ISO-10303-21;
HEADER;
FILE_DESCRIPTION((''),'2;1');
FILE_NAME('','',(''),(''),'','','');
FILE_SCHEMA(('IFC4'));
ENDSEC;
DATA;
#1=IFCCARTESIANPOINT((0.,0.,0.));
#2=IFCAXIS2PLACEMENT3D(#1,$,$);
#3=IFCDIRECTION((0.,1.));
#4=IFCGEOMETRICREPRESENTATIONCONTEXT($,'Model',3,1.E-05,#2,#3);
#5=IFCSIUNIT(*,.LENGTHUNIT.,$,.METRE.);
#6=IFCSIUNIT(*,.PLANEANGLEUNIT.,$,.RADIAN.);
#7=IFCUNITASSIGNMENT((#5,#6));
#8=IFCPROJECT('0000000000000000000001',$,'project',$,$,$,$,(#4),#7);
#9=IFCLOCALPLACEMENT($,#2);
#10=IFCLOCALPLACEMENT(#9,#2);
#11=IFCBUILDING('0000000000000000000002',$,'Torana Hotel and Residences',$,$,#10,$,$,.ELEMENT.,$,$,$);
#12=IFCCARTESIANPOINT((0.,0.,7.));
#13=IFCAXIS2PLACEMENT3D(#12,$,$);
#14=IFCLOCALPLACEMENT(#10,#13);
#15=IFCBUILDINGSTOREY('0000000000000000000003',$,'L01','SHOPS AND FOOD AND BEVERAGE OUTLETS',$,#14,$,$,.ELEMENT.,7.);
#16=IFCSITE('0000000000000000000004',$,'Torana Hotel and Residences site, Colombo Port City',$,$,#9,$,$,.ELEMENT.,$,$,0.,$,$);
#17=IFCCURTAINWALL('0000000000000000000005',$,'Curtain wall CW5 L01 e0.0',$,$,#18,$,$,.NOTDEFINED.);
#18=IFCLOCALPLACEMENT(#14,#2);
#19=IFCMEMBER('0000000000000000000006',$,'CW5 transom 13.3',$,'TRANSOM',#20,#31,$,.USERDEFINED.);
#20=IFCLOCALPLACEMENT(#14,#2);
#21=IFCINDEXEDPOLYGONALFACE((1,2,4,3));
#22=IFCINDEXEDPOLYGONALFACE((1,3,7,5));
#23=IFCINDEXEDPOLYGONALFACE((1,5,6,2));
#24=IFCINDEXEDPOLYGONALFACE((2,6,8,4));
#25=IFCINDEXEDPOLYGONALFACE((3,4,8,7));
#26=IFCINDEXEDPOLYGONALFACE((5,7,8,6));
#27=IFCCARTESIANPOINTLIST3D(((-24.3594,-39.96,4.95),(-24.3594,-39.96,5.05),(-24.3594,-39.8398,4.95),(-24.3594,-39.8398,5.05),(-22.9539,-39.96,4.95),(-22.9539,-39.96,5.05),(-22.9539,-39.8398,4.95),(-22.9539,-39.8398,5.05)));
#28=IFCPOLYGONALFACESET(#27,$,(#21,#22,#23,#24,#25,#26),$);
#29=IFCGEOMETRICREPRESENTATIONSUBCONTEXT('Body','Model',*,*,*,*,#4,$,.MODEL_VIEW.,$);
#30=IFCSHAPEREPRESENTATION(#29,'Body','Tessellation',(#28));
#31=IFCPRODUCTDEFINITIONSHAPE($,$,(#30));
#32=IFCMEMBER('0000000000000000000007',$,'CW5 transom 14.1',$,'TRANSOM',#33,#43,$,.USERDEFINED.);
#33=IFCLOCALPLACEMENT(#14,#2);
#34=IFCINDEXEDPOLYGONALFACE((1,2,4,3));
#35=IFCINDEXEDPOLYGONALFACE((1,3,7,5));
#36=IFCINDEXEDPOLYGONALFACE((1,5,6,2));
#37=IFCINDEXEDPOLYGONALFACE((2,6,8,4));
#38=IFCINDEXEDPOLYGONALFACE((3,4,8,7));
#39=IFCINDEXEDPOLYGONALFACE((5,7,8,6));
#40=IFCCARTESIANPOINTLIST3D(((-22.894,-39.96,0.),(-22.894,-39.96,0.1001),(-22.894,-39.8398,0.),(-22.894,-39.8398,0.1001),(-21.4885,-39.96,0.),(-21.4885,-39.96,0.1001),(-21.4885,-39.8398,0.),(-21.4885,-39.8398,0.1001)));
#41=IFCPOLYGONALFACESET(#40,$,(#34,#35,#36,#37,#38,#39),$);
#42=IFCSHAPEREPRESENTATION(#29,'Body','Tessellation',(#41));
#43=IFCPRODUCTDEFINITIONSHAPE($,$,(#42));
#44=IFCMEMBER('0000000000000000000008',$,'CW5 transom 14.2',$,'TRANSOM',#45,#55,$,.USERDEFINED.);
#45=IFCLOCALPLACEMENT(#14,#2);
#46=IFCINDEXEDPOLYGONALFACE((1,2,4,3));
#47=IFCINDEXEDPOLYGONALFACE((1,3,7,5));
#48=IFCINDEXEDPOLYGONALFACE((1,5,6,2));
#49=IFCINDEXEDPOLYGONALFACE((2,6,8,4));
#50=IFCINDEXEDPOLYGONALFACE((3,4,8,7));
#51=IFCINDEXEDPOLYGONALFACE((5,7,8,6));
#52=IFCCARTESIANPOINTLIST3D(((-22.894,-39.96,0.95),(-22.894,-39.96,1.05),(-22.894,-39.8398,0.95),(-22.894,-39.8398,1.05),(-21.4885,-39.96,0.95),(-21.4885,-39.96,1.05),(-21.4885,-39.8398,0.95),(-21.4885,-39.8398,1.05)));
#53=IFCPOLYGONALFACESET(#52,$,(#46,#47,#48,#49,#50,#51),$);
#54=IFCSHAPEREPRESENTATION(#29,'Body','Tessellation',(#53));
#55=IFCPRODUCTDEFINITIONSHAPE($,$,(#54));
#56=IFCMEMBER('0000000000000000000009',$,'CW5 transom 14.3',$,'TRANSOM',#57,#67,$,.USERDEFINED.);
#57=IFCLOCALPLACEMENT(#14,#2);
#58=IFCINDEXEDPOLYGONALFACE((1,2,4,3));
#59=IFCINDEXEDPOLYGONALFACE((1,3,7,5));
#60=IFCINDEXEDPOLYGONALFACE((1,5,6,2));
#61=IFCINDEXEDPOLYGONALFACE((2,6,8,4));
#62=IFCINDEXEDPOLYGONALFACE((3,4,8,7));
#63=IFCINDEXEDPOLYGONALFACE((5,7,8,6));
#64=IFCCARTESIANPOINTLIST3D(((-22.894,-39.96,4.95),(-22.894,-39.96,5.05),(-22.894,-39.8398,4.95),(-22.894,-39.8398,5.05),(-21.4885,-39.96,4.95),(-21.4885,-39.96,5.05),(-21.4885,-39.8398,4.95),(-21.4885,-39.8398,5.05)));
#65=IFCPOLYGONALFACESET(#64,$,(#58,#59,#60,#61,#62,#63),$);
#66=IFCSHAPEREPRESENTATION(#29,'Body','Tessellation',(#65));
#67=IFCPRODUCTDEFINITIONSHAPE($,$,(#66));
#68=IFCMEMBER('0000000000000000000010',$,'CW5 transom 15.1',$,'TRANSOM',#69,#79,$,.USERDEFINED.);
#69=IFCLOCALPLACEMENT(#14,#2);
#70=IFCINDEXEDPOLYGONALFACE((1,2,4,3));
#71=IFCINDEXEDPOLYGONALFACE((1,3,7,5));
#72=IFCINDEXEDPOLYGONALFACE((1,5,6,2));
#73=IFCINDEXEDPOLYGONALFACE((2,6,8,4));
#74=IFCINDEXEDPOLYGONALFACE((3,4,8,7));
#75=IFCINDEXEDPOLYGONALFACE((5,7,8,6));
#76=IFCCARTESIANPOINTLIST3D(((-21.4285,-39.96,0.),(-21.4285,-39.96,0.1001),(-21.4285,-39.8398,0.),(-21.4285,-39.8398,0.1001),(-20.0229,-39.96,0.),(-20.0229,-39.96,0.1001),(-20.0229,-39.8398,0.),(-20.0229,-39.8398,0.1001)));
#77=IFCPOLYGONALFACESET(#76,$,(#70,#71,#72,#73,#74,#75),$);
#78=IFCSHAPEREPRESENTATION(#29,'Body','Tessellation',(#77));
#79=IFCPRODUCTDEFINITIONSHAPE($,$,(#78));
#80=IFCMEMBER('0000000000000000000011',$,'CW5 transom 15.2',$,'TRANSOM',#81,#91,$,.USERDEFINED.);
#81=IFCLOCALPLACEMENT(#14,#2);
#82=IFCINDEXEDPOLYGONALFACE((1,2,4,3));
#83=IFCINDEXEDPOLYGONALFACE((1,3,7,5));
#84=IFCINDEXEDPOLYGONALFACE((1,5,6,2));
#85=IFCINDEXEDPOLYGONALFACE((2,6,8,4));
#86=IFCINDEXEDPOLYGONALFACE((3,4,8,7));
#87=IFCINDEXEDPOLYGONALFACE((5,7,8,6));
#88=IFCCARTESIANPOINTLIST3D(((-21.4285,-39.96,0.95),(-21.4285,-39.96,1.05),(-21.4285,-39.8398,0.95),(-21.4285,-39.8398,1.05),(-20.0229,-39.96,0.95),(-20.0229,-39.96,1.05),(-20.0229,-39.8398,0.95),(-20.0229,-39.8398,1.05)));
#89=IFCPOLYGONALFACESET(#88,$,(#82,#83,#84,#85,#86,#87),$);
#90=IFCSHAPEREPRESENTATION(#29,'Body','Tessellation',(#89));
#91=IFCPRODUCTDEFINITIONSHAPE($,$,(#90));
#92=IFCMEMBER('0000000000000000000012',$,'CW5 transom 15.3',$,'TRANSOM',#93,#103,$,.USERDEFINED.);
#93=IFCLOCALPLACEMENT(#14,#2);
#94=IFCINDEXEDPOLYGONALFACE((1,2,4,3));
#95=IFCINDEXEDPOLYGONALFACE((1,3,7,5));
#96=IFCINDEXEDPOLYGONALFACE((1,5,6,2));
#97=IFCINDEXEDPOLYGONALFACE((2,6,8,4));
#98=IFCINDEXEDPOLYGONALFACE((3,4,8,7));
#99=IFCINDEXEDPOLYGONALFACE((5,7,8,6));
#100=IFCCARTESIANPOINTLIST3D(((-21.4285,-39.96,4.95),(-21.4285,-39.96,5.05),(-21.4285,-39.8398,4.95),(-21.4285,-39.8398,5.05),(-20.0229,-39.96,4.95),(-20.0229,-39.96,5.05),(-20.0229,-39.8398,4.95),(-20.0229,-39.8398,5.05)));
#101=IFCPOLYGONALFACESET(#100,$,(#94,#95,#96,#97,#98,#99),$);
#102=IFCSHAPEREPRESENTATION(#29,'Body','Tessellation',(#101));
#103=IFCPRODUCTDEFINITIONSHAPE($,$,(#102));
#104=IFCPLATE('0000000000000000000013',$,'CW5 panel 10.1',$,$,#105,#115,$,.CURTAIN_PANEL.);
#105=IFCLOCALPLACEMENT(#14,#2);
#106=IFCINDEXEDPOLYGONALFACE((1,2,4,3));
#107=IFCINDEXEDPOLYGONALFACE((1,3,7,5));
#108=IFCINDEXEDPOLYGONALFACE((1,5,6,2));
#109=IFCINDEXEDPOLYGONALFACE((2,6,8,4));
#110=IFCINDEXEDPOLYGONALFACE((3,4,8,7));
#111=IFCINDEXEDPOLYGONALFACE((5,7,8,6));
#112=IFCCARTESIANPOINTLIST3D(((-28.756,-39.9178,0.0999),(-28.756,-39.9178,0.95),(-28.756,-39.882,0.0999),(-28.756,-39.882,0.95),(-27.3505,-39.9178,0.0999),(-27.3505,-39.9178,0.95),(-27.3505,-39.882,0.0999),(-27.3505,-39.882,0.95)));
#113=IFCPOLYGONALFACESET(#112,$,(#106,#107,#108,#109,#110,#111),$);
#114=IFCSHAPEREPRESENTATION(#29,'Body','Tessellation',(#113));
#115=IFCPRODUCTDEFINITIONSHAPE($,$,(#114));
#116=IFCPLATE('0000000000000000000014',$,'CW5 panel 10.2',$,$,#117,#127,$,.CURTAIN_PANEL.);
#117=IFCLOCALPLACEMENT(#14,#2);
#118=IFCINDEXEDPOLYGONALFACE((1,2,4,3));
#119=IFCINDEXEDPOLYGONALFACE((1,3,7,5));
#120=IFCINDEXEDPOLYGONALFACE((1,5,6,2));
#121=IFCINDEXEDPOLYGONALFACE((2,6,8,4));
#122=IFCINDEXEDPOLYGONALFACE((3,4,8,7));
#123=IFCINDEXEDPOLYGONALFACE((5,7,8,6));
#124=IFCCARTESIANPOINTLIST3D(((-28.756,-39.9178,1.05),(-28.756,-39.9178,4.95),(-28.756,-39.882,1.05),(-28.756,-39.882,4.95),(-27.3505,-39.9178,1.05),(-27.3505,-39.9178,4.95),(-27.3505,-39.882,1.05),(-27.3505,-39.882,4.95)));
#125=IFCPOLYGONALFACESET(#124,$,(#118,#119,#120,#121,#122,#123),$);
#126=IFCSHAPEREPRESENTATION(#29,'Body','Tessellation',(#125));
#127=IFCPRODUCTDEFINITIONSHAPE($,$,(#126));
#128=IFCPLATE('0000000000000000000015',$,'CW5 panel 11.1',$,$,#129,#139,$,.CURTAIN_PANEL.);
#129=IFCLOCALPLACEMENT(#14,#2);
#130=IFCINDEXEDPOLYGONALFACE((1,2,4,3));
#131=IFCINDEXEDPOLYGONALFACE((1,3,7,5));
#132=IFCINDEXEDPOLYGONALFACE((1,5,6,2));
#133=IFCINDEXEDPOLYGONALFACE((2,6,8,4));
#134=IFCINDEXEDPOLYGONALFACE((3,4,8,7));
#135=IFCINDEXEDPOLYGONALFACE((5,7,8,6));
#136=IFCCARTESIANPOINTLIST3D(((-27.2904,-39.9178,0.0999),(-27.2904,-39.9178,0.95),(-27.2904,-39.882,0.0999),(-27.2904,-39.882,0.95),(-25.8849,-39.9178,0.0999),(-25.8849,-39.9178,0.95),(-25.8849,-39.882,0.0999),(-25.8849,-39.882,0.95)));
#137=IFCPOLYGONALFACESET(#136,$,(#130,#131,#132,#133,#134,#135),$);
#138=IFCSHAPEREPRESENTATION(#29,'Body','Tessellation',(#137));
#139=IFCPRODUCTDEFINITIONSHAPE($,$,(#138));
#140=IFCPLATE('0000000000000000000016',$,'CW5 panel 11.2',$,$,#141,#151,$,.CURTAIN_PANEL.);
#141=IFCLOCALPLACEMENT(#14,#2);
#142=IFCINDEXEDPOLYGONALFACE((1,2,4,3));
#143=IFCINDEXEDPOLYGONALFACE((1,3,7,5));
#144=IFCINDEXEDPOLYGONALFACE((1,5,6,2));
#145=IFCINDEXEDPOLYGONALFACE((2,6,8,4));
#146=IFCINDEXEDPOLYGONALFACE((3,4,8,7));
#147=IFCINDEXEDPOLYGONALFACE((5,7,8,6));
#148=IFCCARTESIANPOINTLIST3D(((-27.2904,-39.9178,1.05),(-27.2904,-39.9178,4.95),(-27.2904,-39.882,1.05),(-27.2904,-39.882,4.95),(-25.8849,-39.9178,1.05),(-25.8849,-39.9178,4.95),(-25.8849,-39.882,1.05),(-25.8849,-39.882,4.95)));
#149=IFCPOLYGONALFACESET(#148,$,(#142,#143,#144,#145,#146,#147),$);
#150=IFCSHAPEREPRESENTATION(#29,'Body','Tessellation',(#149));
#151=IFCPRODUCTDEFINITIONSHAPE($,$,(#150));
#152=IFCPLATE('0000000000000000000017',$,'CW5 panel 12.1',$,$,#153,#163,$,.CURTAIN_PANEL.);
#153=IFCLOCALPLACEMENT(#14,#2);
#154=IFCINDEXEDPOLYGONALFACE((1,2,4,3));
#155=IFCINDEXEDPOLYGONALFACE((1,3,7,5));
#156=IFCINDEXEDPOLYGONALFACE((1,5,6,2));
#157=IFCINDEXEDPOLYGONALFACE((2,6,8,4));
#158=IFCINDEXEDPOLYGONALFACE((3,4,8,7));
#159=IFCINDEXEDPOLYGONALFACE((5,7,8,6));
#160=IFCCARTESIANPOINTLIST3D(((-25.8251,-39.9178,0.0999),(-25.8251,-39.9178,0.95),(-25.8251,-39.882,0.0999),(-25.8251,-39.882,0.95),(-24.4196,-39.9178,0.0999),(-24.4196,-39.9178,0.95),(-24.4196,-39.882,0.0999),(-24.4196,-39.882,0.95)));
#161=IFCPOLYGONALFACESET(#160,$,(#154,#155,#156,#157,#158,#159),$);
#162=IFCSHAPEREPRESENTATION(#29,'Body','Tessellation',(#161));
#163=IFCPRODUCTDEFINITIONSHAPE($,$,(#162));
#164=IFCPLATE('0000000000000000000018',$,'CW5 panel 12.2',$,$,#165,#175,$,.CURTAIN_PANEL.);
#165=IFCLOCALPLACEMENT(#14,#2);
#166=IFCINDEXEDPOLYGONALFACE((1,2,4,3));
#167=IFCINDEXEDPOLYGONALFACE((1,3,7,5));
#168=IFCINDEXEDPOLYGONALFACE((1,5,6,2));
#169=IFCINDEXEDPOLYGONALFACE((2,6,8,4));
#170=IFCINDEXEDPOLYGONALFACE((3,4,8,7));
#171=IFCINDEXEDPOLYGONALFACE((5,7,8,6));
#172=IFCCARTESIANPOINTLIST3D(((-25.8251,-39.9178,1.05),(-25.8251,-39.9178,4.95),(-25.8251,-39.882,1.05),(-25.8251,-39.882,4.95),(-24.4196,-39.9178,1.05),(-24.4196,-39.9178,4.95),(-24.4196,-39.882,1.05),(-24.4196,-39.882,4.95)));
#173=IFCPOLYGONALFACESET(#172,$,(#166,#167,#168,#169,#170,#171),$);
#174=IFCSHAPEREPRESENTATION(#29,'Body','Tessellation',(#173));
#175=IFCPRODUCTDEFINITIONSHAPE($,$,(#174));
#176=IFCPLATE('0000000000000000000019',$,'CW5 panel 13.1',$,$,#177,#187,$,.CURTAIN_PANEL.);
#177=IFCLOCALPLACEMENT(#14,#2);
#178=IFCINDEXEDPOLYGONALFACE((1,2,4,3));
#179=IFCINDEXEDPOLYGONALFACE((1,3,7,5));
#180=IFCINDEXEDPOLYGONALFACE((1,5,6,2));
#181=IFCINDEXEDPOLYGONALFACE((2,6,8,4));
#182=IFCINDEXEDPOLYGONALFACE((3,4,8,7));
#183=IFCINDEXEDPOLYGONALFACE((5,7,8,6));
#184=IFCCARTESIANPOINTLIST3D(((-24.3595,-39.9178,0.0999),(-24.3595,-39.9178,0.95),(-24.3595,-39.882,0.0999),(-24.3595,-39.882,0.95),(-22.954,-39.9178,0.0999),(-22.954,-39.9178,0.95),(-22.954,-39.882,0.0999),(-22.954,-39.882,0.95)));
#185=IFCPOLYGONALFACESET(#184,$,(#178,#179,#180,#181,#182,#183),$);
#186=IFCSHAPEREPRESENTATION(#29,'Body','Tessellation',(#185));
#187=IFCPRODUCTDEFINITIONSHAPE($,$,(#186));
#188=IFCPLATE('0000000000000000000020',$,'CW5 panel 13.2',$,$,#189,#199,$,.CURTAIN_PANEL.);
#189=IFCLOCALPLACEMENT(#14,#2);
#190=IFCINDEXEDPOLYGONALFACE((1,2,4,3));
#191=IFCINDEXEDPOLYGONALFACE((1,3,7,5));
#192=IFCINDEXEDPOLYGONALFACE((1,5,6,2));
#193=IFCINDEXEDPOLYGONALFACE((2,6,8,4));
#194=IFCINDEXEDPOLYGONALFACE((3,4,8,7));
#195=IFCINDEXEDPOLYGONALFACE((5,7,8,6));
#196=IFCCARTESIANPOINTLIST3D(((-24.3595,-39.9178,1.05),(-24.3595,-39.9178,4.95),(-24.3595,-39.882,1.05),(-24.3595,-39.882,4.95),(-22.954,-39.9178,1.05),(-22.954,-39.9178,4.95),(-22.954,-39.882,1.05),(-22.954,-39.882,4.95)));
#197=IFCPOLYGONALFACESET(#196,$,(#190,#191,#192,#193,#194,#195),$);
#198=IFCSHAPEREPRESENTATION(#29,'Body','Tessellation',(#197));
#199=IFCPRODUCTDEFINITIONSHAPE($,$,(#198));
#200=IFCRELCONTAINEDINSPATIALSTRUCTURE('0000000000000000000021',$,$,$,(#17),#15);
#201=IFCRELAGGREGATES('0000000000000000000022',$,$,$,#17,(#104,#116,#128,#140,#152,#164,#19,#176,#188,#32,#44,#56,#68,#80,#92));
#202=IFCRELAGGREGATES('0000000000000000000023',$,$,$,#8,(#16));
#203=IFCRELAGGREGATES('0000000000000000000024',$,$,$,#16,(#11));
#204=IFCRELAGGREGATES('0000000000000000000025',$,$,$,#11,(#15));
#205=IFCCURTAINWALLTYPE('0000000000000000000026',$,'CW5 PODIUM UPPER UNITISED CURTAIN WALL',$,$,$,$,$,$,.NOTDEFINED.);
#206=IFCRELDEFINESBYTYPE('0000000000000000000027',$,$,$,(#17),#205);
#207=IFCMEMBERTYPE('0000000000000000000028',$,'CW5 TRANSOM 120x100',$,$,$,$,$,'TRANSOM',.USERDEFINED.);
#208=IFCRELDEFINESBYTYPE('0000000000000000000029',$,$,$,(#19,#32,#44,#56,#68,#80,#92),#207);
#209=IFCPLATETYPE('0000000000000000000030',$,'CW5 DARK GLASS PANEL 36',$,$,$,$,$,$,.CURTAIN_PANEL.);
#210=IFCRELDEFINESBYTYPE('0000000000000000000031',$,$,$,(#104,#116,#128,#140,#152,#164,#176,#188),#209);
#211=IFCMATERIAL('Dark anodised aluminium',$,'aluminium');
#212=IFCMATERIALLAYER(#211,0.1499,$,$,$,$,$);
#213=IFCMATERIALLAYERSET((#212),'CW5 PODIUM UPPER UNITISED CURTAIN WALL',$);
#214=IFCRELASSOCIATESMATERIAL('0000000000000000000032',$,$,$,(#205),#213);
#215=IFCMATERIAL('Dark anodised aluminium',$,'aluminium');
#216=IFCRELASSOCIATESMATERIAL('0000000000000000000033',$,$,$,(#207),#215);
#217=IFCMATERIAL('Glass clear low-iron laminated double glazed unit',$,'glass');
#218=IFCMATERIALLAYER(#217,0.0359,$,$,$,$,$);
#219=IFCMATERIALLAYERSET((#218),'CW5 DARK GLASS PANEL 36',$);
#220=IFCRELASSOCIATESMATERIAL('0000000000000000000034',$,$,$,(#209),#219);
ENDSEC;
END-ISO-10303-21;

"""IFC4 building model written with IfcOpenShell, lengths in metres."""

from ifc_helpers import new_model, si_unit, direction, frame, origin, origin_2d, place, context, subcontext, project, spatial, rectangle, extrude, material, layer, layer_set, material_profile, profile_set, type_object, element, aggregate, save


model = new_model("IFC4")

# Units and contexts
model_context = context("Model", 3, precision=1e-05, world=origin(), true_north=direction((0.0, 1.0)))
body_context = subcontext(model_context, "Body", "Model", "MODEL_VIEW")
ifc_project = project(units=[si_unit("LENGTHUNIT", "METRE"), si_unit("PLANEANGLEUNIT", "RADIAN")], contexts=[model_context])

# Site, building, storey
site_placement = place(None, origin())
site = spatial("IfcSite", under=ifc_project, at=site_placement, Name="Torana Hotel and Residences site, Colombo Port City", CompositionType="ELEMENT", RefElevation=0.0)
building_placement = place(site_placement, origin())
building = spatial("IfcBuilding", under=site, at=building_placement, Name="Torana Hotel and Residences", CompositionType="ELEMENT")
storey_placement = place(building_placement, frame((0.0, 0.0, 7.0)))
storey = spatial("IfcBuildingStorey", under=building, at=storey_placement, Name="L01", Description="SHOPS AND FOOD AND BEVERAGE OUTLETS", CompositionType="ELEMENT", Elevation=7.0)

# Curtain wall, members, plates
ifc_material_1 = material(Name="Dark anodised aluminium", Category="aluminium")
ifc_layer_1 = layer(ifc_material_1, 0.1499)
ifc_layer_set_1 = layer_set([ifc_layer_1], Name="CW5 PODIUM UPPER UNITISED CURTAIN WALL")
curtain_wall_type = type_object("IfcCurtainWallType", Name="CW5 PODIUM UPPER UNITISED CURTAIN WALL", PredefinedType="NOTDEFINED", material=ifc_layer_set_1)
curtain_wall_placement = place(storey_placement, origin())
curtain_wall = element("IfcCurtainWall", 1, at=curtain_wall_placement, inside=storey, type_object=curtain_wall_type, Name="Curtain wall CW5 L01 e0.0", PredefinedType="NOTDEFINED")
ifc_material_2 = material(Name="Dark anodised aluminium", Category="aluminium")
ifc_material_profile_1 = material_profile(ifc_material_2, rectangle(XDim=0.1201, YDim=0.1001, at=origin_2d()), Name="CW5 TRANSOM 120x100")
ifc_profile_set_1 = profile_set([ifc_material_profile_1], Name="Dark anodised aluminium")
member_type_1 = type_object("IfcMemberType", Name="CW5 TRANSOM 120x100", ElementType="TRANSOM", PredefinedType="USERDEFINED", material=ifc_profile_set_1)
member_1_placement = place(storey_placement, frame((-24.3594, -39.8999, 5.0), z_axis=(1.0, 0.0, 0.0), x_axis=(0.0, 1.0, 0.0)))
member_1 = element("IfcMember", 2, at=member_1_placement, type_object=member_type_1, Name="CW5 transom 13.3", ObjectType="TRANSOM", PredefinedType="USERDEFINED", context=body_context, shape_type="SweptSolid", body=[
    extrude(rectangle(XDim=0.1201, YDim=0.1001, at=origin_2d()), origin(), (0.0, 0.0, 1.0), 1.4055),
])
member_2_placement = place(storey_placement, frame((-22.894, -39.8999, 0.05), z_axis=(1.0, 0.0, 0.0), x_axis=(0.0, 1.0, 0.0)))
member_2 = element("IfcMember", 3, at=member_2_placement, type_object=member_type_1, Name="CW5 transom 14.1", ObjectType="TRANSOM", PredefinedType="USERDEFINED", context=body_context, shape_type="SweptSolid", body=[
    extrude(rectangle(XDim=0.1201, YDim=0.1001, at=origin_2d()), origin(), (0.0, 0.0, 1.0), 1.4055),
])
member_3_placement = place(storey_placement, frame((-22.894, -39.8999, 1.0), z_axis=(1.0, 0.0, 0.0), x_axis=(0.0, 1.0, 0.0)))
member_3 = element("IfcMember", 4, at=member_3_placement, type_object=member_type_1, Name="CW5 transom 14.2", ObjectType="TRANSOM", PredefinedType="USERDEFINED", context=body_context, shape_type="SweptSolid", body=[
    extrude(rectangle(XDim=0.1201, YDim=0.1001, at=origin_2d()), origin(), (0.0, 0.0, 1.0), 1.4055),
])
member_4_placement = place(storey_placement, frame((-22.894, -39.8999, 5.0), z_axis=(1.0, 0.0, 0.0), x_axis=(0.0, 1.0, 0.0)))
member_4 = element("IfcMember", 5, at=member_4_placement, type_object=member_type_1, Name="CW5 transom 14.3", ObjectType="TRANSOM", PredefinedType="USERDEFINED", context=body_context, shape_type="SweptSolid", body=[
    extrude(rectangle(XDim=0.1201, YDim=0.1001, at=origin_2d()), origin(), (0.0, 0.0, 1.0), 1.4055),
])
member_5_placement = place(storey_placement, frame((-21.4285, -39.8999, 0.05), z_axis=(1.0, 0.0, 0.0), x_axis=(0.0, 1.0, 0.0)))
member_5 = element("IfcMember", 6, at=member_5_placement, type_object=member_type_1, Name="CW5 transom 15.1", ObjectType="TRANSOM", PredefinedType="USERDEFINED", context=body_context, shape_type="SweptSolid", body=[
    extrude(rectangle(XDim=0.1201, YDim=0.1001, at=origin_2d()), origin(), (0.0, 0.0, 1.0), 1.4055),
])
member_6_placement = place(storey_placement, frame((-21.4285, -39.8999, 1.0), z_axis=(1.0, 0.0, 0.0), x_axis=(0.0, 1.0, 0.0)))
member_6 = element("IfcMember", 7, at=member_6_placement, type_object=member_type_1, Name="CW5 transom 15.2", ObjectType="TRANSOM", PredefinedType="USERDEFINED", context=body_context, shape_type="SweptSolid", body=[
    extrude(rectangle(XDim=0.1201, YDim=0.1001, at=origin_2d()), origin(), (0.0, 0.0, 1.0), 1.4055),
])
member_7_placement = place(storey_placement, frame((-21.4285, -39.8999, 5.0), z_axis=(1.0, 0.0, 0.0), x_axis=(0.0, 1.0, 0.0)))
member_7 = element("IfcMember", 8, at=member_7_placement, type_object=member_type_1, Name="CW5 transom 15.3", ObjectType="TRANSOM", PredefinedType="USERDEFINED", context=body_context, shape_type="SweptSolid", body=[
    extrude(rectangle(XDim=0.1201, YDim=0.1001, at=origin_2d()), origin(), (0.0, 0.0, 1.0), 1.4055),
])
ifc_material_3 = material(Name="Glass clear low-iron laminated double glazed unit", Category="glass")
ifc_layer_2 = layer(ifc_material_3, 0.0359)
ifc_layer_set_2 = layer_set([ifc_layer_2], Name="CW5 DARK GLASS PANEL 36")
plate_type = type_object("IfcPlateType", Name="CW5 DARK GLASS PANEL 36", PredefinedType="CURTAIN_PANEL", material=ifc_layer_set_2)
plate_1_placement = place(storey_placement, frame((-28.0532, -39.8999, 0.0999), z_axis=(0.0, 0.0, 1.0), x_axis=(1.0, 0.0, 0.0)))
plate_1 = element("IfcPlate", 9, at=plate_1_placement, type_object=plate_type, Name="CW5 panel 10.1", PredefinedType="CURTAIN_PANEL", context=body_context, shape_type="SweptSolid", body=[
    extrude(rectangle(XDim=1.4055, YDim=0.0359, at=origin_2d()), origin(), (0.0, 0.0, 1.0), 0.8501),
])
plate_2_placement = place(storey_placement, frame((-28.0532, -39.8999, 1.05), z_axis=(0.0, 0.0, 1.0), x_axis=(1.0, 0.0, 0.0)))
plate_2 = element("IfcPlate", 10, at=plate_2_placement, type_object=plate_type, Name="CW5 panel 10.2", PredefinedType="CURTAIN_PANEL", context=body_context, shape_type="SweptSolid", body=[
    extrude(rectangle(XDim=1.4055, YDim=0.0359, at=origin_2d()), origin(), (0.0, 0.0, 1.0), 3.8999),
])
plate_3_placement = place(storey_placement, frame((-26.5876, -39.8999, 0.0999), z_axis=(0.0, 0.0, 1.0), x_axis=(1.0, 0.0, 0.0)))
plate_3 = element("IfcPlate", 11, at=plate_3_placement, type_object=plate_type, Name="CW5 panel 11.1", PredefinedType="CURTAIN_PANEL", context=body_context, shape_type="SweptSolid", body=[
    extrude(rectangle(XDim=1.4055, YDim=0.0359, at=origin_2d()), origin(), (0.0, 0.0, 1.0), 0.8501),
])
plate_4_placement = place(storey_placement, frame((-26.5876, -39.8999, 1.05), z_axis=(0.0, 0.0, 1.0), x_axis=(1.0, 0.0, 0.0)))
plate_4 = element("IfcPlate", 12, at=plate_4_placement, type_object=plate_type, Name="CW5 panel 11.2", PredefinedType="CURTAIN_PANEL", context=body_context, shape_type="SweptSolid", body=[
    extrude(rectangle(XDim=1.4055, YDim=0.0359, at=origin_2d()), origin(), (0.0, 0.0, 1.0), 3.8999),
])
plate_5_placement = place(storey_placement, frame((-25.1223, -39.8999, 0.0999), z_axis=(0.0, 0.0, 1.0), x_axis=(1.0, 0.0, 0.0)))
plate_5 = element("IfcPlate", 13, at=plate_5_placement, type_object=plate_type, Name="CW5 panel 12.1", PredefinedType="CURTAIN_PANEL", context=body_context, shape_type="SweptSolid", body=[
    extrude(rectangle(XDim=1.4055, YDim=0.0359, at=origin_2d()), origin(), (0.0, 0.0, 1.0), 0.8501),
])
plate_6_placement = place(storey_placement, frame((-25.1223, -39.8999, 1.05), z_axis=(0.0, 0.0, 1.0), x_axis=(1.0, 0.0, 0.0)))
plate_6 = element("IfcPlate", 14, at=plate_6_placement, type_object=plate_type, Name="CW5 panel 12.2", PredefinedType="CURTAIN_PANEL", context=body_context, shape_type="SweptSolid", body=[
    extrude(rectangle(XDim=1.4055, YDim=0.0359, at=origin_2d()), origin(), (0.0, 0.0, 1.0), 3.8999),
])
plate_7_placement = place(storey_placement, frame((-23.6567, -39.8999, 0.0999), z_axis=(0.0, 0.0, 1.0), x_axis=(1.0, 0.0, 0.0)))
plate_7 = element("IfcPlate", 15, at=plate_7_placement, type_object=plate_type, Name="CW5 panel 13.1", PredefinedType="CURTAIN_PANEL", context=body_context, shape_type="SweptSolid", body=[
    extrude(rectangle(XDim=1.4055, YDim=0.0359, at=origin_2d()), origin(), (0.0, 0.0, 1.0), 0.8501),
])
plate_8_placement = place(storey_placement, frame((-23.6567, -39.8999, 1.05), z_axis=(0.0, 0.0, 1.0), x_axis=(1.0, 0.0, 0.0)))
plate_8 = element("IfcPlate", 16, at=plate_8_placement, type_object=plate_type, Name="CW5 panel 13.2", PredefinedType="CURTAIN_PANEL", context=body_context, shape_type="SweptSolid", body=[
    extrude(rectangle(XDim=1.4055, YDim=0.0359, at=origin_2d()), origin(), (0.0, 0.0, 1.0), 3.8999),
])
aggregate(curtain_wall, [plate_1, plate_2, plate_3, plate_4, plate_5, plate_6, member_1, plate_7, plate_8, member_2, member_3, member_4, member_5, member_6, member_7])

save(model, "model.ifc")
